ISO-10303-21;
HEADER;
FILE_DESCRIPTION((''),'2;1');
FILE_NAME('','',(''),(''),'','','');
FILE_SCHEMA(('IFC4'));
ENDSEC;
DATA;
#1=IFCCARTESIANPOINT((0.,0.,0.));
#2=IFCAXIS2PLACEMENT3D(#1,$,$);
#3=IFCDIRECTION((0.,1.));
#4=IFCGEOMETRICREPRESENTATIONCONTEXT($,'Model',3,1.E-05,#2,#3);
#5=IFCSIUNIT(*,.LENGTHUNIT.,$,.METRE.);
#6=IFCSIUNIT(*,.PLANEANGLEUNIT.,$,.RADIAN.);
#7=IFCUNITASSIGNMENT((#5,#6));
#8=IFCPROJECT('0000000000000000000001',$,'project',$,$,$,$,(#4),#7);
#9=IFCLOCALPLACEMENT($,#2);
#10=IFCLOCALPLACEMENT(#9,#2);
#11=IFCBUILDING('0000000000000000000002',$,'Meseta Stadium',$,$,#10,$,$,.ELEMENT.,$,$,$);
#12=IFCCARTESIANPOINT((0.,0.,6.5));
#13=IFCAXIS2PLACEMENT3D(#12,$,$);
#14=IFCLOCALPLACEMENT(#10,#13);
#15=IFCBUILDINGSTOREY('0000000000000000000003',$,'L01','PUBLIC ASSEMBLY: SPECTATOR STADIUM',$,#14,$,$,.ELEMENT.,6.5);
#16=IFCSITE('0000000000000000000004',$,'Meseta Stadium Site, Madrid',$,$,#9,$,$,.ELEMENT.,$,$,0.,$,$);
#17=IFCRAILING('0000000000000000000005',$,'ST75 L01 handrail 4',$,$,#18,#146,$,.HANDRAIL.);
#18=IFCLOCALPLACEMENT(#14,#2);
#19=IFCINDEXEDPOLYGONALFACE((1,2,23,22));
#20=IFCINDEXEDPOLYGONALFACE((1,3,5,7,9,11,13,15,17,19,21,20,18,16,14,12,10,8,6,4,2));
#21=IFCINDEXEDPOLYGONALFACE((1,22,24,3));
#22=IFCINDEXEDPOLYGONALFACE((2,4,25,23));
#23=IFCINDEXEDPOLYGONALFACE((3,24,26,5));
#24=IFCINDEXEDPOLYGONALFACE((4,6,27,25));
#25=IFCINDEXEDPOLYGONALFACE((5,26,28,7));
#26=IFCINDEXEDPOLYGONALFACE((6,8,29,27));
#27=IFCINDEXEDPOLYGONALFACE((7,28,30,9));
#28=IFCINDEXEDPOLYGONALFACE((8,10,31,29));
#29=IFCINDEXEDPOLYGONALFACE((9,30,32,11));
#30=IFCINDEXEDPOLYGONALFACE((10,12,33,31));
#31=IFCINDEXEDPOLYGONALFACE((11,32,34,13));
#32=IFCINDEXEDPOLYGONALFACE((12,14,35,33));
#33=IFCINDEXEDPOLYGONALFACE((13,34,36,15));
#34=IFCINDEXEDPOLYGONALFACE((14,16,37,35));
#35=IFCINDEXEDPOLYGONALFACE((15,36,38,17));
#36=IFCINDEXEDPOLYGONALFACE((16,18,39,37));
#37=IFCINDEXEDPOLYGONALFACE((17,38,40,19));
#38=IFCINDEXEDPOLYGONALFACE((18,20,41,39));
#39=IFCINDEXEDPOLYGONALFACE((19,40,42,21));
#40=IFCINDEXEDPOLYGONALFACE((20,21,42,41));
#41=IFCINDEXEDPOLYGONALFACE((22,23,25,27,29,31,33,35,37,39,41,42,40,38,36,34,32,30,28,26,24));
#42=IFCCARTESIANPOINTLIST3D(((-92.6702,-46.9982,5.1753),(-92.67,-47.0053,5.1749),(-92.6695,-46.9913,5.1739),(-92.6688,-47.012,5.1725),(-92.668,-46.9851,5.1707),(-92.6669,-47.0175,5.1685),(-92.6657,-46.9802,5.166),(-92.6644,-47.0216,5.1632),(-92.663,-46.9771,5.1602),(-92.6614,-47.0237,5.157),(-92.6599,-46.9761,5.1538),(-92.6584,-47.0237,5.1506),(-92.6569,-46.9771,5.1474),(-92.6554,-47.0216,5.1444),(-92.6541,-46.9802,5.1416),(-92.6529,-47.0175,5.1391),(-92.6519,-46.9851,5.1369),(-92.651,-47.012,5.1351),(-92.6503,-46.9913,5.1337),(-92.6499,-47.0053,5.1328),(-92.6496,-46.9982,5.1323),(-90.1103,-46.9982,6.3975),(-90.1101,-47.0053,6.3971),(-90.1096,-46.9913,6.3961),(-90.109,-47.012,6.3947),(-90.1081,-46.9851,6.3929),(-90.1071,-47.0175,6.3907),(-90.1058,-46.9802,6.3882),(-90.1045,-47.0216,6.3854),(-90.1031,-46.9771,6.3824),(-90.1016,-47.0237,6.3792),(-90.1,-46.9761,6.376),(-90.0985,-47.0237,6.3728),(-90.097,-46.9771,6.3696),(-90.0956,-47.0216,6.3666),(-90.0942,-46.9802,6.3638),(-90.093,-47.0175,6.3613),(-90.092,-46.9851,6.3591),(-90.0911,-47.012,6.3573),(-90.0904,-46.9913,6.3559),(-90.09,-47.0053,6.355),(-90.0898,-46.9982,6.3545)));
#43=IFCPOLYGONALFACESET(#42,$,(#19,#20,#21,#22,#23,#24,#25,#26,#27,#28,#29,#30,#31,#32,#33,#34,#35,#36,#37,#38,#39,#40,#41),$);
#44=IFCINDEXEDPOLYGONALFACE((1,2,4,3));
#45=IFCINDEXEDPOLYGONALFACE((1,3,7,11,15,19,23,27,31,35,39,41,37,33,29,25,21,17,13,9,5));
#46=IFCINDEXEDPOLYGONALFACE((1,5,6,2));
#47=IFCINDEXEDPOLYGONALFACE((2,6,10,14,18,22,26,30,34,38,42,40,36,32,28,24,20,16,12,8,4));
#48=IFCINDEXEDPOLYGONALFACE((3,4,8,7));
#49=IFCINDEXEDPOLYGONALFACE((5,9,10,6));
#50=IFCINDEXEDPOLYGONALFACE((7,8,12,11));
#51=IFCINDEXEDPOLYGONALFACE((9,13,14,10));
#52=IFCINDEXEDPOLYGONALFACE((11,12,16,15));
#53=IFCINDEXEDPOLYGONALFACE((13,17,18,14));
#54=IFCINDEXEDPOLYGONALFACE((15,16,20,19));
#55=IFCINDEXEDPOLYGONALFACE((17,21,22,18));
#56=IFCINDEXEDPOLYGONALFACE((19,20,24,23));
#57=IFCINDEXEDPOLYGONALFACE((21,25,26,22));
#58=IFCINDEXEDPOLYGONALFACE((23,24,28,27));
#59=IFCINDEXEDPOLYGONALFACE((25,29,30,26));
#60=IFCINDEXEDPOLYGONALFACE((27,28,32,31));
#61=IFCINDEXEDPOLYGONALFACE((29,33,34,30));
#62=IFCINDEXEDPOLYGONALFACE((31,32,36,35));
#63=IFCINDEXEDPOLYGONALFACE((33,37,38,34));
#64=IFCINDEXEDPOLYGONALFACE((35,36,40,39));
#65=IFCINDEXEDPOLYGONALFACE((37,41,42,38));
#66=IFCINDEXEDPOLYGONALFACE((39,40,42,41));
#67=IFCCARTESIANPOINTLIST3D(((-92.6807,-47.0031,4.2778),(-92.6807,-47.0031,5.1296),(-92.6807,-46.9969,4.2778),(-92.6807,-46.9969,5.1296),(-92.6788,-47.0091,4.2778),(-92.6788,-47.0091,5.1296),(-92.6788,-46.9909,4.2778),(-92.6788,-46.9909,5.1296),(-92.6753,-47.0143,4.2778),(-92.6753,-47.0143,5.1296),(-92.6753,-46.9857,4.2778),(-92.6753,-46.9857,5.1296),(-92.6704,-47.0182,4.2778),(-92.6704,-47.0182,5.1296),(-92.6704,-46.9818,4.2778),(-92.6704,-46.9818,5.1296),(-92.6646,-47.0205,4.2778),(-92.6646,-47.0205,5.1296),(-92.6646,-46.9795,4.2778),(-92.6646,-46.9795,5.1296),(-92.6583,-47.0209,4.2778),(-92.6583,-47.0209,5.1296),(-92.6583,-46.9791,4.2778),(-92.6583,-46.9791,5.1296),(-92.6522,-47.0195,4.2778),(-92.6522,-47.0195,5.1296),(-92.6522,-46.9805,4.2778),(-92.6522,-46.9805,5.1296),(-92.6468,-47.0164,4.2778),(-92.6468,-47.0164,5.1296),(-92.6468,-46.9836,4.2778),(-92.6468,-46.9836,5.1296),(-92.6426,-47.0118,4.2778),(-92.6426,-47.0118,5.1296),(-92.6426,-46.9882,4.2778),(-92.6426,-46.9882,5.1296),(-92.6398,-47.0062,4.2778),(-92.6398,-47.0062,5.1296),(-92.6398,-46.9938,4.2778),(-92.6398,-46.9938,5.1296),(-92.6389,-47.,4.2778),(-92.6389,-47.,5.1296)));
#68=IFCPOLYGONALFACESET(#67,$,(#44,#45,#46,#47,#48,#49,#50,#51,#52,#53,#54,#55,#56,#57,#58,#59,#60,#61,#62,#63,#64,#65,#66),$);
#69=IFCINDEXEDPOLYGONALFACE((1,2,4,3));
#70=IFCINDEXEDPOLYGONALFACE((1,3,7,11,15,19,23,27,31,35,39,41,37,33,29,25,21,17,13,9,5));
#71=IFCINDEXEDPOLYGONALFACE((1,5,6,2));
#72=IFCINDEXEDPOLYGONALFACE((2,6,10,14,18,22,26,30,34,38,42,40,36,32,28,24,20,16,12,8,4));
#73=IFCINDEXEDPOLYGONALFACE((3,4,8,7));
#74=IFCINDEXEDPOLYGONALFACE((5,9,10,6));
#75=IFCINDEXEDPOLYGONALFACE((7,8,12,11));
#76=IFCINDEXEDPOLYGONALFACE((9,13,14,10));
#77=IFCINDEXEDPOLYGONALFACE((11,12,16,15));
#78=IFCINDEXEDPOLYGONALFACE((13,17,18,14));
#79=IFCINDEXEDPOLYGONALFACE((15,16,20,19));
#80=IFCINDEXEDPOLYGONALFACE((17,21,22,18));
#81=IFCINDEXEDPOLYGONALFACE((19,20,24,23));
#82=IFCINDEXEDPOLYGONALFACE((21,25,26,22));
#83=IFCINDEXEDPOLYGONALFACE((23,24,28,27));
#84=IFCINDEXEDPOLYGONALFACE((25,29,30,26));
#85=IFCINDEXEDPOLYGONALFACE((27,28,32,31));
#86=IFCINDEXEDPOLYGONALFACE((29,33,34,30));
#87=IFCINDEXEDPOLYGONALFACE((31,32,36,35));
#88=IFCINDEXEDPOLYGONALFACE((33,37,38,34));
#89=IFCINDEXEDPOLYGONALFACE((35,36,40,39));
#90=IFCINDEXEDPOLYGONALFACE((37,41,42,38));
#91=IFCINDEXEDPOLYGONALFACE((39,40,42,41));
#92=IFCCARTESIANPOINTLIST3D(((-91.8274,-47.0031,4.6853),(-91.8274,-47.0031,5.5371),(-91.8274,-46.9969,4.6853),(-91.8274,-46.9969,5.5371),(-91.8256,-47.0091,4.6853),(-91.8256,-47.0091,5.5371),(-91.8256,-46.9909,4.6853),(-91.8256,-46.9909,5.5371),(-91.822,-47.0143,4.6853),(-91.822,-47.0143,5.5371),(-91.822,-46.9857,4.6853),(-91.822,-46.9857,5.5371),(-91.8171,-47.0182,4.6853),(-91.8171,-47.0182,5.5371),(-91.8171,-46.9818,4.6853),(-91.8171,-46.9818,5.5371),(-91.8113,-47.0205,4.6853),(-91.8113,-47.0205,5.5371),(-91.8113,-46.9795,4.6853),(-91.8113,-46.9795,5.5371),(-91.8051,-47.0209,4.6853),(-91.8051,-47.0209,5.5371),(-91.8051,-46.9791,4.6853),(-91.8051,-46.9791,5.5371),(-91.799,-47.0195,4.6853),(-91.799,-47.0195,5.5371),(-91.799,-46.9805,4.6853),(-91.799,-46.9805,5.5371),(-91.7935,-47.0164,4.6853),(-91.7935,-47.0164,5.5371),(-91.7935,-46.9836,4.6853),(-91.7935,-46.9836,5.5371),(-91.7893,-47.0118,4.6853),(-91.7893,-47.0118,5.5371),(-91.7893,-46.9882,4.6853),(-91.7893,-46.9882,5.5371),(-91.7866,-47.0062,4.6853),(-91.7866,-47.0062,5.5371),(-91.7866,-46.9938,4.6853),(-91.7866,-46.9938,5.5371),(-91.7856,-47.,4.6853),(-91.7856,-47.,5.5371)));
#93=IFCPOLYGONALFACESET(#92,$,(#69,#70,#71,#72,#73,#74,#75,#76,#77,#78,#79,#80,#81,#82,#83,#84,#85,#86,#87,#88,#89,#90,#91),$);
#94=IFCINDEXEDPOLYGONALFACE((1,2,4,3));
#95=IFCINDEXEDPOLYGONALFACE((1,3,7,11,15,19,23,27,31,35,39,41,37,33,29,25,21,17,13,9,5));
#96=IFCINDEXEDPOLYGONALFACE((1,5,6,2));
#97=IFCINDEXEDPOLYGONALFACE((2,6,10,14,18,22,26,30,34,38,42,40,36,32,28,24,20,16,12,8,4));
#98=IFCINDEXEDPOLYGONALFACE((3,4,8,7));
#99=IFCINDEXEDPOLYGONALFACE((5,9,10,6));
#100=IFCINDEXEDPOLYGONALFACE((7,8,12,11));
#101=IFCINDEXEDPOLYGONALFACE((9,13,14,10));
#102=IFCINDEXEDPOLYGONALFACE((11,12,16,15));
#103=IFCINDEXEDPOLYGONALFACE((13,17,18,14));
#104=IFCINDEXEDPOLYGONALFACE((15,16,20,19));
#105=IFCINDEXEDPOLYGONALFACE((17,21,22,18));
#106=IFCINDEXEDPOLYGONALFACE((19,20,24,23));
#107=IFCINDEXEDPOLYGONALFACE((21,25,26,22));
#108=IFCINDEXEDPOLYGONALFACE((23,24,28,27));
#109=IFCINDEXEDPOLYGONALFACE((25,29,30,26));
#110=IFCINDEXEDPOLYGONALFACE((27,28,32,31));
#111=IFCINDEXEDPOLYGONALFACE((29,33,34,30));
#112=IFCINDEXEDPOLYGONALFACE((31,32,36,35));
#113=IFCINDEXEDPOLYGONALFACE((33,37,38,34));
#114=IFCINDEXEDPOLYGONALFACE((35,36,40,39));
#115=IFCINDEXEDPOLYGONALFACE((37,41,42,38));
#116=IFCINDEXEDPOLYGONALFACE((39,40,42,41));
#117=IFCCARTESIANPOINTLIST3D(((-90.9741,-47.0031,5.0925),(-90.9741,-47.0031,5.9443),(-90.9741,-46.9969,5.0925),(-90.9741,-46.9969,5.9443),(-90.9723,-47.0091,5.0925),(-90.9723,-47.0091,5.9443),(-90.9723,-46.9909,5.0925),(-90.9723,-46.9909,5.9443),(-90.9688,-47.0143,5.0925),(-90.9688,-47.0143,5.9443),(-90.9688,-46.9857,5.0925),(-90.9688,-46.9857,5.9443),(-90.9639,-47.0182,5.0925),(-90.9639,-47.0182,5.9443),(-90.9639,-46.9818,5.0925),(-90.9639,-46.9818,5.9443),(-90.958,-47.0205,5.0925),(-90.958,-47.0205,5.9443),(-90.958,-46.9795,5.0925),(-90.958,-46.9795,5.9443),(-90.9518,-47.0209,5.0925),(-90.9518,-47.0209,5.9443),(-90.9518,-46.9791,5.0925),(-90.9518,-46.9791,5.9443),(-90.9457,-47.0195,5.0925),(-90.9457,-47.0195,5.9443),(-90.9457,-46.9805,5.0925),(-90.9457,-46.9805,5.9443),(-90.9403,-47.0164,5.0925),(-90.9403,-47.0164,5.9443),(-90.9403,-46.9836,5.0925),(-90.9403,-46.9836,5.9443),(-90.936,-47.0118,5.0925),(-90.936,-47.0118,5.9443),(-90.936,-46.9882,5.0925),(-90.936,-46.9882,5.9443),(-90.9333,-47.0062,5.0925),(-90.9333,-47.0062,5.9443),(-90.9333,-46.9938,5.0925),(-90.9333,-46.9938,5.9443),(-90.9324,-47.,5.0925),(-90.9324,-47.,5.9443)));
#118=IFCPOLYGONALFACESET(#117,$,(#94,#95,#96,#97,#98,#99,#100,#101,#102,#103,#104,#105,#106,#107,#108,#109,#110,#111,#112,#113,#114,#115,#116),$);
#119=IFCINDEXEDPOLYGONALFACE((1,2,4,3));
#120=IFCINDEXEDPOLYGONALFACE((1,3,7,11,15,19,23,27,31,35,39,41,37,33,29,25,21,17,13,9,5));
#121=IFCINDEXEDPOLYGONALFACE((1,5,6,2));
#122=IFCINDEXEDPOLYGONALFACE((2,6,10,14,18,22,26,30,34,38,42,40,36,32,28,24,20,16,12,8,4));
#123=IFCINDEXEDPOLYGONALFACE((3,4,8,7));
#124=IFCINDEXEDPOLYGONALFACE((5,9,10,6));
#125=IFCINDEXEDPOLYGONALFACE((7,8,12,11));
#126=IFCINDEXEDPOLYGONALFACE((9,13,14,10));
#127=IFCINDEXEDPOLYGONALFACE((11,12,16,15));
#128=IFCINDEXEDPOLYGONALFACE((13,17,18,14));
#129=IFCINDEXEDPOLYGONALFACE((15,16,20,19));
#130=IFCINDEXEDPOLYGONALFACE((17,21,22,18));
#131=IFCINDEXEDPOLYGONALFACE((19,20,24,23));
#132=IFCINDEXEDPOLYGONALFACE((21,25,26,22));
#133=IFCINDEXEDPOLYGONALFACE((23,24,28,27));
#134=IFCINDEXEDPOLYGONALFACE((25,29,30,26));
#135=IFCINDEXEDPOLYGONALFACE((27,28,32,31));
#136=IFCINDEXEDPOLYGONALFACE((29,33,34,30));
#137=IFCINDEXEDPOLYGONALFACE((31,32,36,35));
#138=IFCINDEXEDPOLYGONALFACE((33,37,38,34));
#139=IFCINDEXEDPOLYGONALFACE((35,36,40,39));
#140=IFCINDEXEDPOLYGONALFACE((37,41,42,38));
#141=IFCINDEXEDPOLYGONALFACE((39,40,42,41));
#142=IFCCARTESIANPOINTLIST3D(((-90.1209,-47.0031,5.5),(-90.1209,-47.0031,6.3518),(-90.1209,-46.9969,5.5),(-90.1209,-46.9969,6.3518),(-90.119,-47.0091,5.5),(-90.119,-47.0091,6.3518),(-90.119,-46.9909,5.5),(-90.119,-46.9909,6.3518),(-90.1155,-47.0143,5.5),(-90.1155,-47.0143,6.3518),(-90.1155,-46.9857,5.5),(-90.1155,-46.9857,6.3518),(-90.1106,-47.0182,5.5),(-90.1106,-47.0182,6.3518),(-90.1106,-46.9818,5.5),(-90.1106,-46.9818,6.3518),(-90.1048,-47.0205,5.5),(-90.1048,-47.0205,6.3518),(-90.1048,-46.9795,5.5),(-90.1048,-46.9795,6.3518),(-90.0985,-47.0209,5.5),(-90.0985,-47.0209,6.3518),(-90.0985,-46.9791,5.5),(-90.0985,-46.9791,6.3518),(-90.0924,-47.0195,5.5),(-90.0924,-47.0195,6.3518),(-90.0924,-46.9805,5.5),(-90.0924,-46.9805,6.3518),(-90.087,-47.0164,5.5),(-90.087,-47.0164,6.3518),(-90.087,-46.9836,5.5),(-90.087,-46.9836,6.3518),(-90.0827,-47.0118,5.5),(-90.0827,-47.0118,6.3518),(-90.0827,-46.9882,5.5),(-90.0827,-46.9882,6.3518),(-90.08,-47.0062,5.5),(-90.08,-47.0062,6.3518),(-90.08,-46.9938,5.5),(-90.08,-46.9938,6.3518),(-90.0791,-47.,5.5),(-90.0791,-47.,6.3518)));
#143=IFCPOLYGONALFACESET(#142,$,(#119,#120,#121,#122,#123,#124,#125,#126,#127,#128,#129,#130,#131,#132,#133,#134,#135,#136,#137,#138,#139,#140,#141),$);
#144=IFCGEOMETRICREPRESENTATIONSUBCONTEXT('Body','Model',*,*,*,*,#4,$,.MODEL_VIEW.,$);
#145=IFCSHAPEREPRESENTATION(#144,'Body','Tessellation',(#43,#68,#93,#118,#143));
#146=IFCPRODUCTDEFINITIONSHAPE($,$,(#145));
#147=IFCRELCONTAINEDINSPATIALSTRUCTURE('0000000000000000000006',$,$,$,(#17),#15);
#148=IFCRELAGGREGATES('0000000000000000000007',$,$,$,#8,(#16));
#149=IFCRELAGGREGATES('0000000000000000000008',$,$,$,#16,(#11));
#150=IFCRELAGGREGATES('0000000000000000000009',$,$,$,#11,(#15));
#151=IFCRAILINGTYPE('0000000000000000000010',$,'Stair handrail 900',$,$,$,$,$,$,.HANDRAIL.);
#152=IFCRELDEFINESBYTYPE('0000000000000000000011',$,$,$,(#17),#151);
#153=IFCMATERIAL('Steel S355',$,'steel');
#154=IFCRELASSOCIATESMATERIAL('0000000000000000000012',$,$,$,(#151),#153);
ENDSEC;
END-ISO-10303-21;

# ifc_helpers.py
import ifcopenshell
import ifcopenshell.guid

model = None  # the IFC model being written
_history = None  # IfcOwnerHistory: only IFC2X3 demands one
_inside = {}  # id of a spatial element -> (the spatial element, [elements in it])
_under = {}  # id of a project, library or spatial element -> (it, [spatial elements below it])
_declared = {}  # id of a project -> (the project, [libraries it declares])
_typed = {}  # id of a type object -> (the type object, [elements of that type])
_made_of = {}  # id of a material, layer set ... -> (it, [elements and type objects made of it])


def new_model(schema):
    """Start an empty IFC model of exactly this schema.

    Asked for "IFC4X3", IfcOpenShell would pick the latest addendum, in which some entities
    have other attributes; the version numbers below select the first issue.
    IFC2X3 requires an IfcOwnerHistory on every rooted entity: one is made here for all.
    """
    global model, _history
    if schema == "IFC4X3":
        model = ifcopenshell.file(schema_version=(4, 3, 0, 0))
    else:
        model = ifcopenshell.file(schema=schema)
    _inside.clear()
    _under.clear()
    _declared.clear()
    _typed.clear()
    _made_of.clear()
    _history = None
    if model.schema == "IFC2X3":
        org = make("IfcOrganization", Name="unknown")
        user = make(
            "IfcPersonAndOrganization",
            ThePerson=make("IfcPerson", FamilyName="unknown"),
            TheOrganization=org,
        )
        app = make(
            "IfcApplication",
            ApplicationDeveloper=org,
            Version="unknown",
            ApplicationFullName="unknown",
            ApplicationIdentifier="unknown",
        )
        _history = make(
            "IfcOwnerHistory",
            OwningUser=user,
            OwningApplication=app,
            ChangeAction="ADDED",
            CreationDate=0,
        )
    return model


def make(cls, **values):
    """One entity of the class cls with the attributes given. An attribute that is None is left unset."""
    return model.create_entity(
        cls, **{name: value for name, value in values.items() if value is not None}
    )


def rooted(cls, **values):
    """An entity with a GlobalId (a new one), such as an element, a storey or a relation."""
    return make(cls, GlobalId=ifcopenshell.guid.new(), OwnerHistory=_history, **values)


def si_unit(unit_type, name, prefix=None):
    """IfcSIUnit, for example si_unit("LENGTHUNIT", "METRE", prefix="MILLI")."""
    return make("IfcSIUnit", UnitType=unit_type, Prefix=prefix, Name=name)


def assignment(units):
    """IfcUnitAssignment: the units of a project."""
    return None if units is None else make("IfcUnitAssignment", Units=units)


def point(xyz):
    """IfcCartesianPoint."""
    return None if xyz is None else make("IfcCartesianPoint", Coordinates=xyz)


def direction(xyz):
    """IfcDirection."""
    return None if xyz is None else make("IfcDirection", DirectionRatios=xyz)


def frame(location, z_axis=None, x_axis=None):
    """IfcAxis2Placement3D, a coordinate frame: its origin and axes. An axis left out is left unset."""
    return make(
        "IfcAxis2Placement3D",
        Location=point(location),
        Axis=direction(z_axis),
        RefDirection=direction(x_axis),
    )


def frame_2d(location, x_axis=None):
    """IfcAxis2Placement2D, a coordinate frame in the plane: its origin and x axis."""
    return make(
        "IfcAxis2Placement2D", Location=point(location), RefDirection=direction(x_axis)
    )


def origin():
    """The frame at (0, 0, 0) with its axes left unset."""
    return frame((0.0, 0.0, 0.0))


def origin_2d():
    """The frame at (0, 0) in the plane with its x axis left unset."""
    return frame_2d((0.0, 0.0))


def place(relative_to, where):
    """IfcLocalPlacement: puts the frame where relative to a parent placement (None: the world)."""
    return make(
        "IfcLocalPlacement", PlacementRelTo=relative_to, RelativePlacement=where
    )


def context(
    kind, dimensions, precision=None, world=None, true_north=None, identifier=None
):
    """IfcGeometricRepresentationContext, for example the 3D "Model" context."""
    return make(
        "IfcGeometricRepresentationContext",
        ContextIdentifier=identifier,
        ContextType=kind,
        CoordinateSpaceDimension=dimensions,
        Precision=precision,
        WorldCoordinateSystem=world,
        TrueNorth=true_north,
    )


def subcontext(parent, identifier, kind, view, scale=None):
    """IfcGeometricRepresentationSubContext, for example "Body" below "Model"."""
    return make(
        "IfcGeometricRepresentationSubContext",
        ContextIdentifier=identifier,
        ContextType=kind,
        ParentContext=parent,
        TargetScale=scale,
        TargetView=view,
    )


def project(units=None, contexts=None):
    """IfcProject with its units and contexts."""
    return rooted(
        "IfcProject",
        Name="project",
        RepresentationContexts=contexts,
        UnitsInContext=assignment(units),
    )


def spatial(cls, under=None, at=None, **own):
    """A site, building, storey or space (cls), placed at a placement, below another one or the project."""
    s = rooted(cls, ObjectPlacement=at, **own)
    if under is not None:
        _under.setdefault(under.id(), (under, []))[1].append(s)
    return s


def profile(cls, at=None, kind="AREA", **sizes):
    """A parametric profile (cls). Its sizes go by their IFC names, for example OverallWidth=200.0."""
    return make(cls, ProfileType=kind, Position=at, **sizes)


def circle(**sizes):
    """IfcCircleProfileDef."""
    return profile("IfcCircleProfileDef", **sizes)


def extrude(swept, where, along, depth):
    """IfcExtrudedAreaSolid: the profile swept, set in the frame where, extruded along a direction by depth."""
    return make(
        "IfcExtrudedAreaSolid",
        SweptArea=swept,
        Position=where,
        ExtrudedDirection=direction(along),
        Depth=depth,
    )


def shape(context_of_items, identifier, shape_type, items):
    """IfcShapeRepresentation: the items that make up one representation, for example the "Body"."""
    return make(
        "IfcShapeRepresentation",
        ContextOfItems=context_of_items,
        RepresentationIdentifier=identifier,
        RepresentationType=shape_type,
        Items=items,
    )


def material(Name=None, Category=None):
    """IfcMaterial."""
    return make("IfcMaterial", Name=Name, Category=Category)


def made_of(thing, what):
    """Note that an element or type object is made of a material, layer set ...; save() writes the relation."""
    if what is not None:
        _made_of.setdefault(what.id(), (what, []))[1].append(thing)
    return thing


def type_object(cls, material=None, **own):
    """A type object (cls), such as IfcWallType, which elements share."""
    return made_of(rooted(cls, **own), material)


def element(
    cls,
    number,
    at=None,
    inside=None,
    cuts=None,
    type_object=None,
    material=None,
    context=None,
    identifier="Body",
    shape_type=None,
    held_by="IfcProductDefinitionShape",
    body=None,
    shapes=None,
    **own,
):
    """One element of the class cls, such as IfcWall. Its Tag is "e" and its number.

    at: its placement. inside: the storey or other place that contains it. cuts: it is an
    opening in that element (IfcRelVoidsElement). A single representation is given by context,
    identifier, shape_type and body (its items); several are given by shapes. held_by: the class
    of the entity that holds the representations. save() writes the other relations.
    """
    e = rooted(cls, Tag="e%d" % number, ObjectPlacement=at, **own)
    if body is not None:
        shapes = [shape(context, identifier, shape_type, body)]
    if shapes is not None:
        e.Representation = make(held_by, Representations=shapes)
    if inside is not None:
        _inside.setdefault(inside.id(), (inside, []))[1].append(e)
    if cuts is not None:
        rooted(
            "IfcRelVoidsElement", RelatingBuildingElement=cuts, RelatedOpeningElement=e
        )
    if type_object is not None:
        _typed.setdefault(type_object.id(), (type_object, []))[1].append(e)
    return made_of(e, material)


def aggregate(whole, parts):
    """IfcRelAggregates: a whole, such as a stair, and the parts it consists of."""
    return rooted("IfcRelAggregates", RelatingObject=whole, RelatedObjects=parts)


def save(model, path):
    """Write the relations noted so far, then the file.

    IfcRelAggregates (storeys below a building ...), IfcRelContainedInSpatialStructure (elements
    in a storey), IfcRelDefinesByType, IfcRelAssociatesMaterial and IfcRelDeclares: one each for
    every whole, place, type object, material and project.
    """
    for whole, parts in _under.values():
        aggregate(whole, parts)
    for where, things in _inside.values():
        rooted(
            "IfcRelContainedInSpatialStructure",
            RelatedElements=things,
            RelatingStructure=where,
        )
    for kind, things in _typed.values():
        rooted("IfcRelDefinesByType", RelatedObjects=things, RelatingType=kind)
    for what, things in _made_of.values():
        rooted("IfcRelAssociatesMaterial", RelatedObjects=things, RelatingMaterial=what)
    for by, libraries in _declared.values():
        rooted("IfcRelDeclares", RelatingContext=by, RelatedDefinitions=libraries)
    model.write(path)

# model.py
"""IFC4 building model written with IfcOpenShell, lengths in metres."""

from ifc_helpers import new_model, si_unit, direction, frame, origin, origin_2d, place, context, subcontext, project, spatial, circle, extrude, material, type_object, element, save


model = new_model("IFC4")

# Units and contexts
model_context = context("Model", 3, precision=1e-05, world=origin(), true_north=direction((0.0, 1.0)))
body_context = subcontext(model_context, "Body", "Model", "MODEL_VIEW")
ifc_project = project(units=[si_unit("LENGTHUNIT", "METRE"), si_unit("PLANEANGLEUNIT", "RADIAN")], contexts=[model_context])

# Site, building, storey
site_placement = place(None, origin())
site = spatial("IfcSite", under=ifc_project, at=site_placement, Name="Meseta Stadium Site, Madrid", CompositionType="ELEMENT", RefElevation=0.0)
building_placement = place(site_placement, origin())
building = spatial("IfcBuilding", under=site, at=building_placement, Name="Meseta Stadium", CompositionType="ELEMENT")
storey_placement = place(building_placement, frame((0.0, 0.0, 6.5)))
storey = spatial("IfcBuildingStorey", under=building, at=storey_placement, Name="L01", Description="PUBLIC ASSEMBLY: SPECTATOR STADIUM", CompositionType="ELEMENT", Elevation=6.5)

# Railing
ifc_material_1 = material(Name="Steel S355", Category="steel")
railing_type_1 = type_object("IfcRailingType", Name="Stair handrail 900", PredefinedType="HANDRAIL", material=ifc_material_1)
for number, where, name in (
    (1, (-92.6599, -47.0, 4.2778), "ST75 L01 handrail 4"),
):
    element("IfcRailing", number, at=place(storey_placement, frame(where)), inside=storey, type_object=railing_type_1, Name=name, PredefinedType="HANDRAIL", context=body_context, shape_type="SweptSolid", body=[
        extrude(circle(Radius=0.0239, at=origin_2d()), frame((0.0, 0.0, 0.876), z_axis=(0.902421, 0.0, 0.430855), x_axis=(0.0, 1.0, 0.0)), (0.0, 0.0, 1.0), 2.8367),
        extrude(circle(Radius=0.021, at=origin_2d()), origin(), (0.0, 0.0, 1.0), 0.8518),
        extrude(circle(Radius=0.021, at=origin_2d()), frame((0.8533, 0.0, 0.4075)), (0.0, 0.0, 1.0), 0.8518),
        extrude(circle(Radius=0.021, at=origin_2d()), frame((1.7065, 0.0, 0.8147)), (0.0, 0.0, 1.0), 0.8518),
        extrude(circle(Radius=0.021, at=origin_2d()), frame((2.5598, 0.0, 1.2222)), (0.0, 0.0, 1.0), 0.8518),
    ])

save(model, "model.ifc")
